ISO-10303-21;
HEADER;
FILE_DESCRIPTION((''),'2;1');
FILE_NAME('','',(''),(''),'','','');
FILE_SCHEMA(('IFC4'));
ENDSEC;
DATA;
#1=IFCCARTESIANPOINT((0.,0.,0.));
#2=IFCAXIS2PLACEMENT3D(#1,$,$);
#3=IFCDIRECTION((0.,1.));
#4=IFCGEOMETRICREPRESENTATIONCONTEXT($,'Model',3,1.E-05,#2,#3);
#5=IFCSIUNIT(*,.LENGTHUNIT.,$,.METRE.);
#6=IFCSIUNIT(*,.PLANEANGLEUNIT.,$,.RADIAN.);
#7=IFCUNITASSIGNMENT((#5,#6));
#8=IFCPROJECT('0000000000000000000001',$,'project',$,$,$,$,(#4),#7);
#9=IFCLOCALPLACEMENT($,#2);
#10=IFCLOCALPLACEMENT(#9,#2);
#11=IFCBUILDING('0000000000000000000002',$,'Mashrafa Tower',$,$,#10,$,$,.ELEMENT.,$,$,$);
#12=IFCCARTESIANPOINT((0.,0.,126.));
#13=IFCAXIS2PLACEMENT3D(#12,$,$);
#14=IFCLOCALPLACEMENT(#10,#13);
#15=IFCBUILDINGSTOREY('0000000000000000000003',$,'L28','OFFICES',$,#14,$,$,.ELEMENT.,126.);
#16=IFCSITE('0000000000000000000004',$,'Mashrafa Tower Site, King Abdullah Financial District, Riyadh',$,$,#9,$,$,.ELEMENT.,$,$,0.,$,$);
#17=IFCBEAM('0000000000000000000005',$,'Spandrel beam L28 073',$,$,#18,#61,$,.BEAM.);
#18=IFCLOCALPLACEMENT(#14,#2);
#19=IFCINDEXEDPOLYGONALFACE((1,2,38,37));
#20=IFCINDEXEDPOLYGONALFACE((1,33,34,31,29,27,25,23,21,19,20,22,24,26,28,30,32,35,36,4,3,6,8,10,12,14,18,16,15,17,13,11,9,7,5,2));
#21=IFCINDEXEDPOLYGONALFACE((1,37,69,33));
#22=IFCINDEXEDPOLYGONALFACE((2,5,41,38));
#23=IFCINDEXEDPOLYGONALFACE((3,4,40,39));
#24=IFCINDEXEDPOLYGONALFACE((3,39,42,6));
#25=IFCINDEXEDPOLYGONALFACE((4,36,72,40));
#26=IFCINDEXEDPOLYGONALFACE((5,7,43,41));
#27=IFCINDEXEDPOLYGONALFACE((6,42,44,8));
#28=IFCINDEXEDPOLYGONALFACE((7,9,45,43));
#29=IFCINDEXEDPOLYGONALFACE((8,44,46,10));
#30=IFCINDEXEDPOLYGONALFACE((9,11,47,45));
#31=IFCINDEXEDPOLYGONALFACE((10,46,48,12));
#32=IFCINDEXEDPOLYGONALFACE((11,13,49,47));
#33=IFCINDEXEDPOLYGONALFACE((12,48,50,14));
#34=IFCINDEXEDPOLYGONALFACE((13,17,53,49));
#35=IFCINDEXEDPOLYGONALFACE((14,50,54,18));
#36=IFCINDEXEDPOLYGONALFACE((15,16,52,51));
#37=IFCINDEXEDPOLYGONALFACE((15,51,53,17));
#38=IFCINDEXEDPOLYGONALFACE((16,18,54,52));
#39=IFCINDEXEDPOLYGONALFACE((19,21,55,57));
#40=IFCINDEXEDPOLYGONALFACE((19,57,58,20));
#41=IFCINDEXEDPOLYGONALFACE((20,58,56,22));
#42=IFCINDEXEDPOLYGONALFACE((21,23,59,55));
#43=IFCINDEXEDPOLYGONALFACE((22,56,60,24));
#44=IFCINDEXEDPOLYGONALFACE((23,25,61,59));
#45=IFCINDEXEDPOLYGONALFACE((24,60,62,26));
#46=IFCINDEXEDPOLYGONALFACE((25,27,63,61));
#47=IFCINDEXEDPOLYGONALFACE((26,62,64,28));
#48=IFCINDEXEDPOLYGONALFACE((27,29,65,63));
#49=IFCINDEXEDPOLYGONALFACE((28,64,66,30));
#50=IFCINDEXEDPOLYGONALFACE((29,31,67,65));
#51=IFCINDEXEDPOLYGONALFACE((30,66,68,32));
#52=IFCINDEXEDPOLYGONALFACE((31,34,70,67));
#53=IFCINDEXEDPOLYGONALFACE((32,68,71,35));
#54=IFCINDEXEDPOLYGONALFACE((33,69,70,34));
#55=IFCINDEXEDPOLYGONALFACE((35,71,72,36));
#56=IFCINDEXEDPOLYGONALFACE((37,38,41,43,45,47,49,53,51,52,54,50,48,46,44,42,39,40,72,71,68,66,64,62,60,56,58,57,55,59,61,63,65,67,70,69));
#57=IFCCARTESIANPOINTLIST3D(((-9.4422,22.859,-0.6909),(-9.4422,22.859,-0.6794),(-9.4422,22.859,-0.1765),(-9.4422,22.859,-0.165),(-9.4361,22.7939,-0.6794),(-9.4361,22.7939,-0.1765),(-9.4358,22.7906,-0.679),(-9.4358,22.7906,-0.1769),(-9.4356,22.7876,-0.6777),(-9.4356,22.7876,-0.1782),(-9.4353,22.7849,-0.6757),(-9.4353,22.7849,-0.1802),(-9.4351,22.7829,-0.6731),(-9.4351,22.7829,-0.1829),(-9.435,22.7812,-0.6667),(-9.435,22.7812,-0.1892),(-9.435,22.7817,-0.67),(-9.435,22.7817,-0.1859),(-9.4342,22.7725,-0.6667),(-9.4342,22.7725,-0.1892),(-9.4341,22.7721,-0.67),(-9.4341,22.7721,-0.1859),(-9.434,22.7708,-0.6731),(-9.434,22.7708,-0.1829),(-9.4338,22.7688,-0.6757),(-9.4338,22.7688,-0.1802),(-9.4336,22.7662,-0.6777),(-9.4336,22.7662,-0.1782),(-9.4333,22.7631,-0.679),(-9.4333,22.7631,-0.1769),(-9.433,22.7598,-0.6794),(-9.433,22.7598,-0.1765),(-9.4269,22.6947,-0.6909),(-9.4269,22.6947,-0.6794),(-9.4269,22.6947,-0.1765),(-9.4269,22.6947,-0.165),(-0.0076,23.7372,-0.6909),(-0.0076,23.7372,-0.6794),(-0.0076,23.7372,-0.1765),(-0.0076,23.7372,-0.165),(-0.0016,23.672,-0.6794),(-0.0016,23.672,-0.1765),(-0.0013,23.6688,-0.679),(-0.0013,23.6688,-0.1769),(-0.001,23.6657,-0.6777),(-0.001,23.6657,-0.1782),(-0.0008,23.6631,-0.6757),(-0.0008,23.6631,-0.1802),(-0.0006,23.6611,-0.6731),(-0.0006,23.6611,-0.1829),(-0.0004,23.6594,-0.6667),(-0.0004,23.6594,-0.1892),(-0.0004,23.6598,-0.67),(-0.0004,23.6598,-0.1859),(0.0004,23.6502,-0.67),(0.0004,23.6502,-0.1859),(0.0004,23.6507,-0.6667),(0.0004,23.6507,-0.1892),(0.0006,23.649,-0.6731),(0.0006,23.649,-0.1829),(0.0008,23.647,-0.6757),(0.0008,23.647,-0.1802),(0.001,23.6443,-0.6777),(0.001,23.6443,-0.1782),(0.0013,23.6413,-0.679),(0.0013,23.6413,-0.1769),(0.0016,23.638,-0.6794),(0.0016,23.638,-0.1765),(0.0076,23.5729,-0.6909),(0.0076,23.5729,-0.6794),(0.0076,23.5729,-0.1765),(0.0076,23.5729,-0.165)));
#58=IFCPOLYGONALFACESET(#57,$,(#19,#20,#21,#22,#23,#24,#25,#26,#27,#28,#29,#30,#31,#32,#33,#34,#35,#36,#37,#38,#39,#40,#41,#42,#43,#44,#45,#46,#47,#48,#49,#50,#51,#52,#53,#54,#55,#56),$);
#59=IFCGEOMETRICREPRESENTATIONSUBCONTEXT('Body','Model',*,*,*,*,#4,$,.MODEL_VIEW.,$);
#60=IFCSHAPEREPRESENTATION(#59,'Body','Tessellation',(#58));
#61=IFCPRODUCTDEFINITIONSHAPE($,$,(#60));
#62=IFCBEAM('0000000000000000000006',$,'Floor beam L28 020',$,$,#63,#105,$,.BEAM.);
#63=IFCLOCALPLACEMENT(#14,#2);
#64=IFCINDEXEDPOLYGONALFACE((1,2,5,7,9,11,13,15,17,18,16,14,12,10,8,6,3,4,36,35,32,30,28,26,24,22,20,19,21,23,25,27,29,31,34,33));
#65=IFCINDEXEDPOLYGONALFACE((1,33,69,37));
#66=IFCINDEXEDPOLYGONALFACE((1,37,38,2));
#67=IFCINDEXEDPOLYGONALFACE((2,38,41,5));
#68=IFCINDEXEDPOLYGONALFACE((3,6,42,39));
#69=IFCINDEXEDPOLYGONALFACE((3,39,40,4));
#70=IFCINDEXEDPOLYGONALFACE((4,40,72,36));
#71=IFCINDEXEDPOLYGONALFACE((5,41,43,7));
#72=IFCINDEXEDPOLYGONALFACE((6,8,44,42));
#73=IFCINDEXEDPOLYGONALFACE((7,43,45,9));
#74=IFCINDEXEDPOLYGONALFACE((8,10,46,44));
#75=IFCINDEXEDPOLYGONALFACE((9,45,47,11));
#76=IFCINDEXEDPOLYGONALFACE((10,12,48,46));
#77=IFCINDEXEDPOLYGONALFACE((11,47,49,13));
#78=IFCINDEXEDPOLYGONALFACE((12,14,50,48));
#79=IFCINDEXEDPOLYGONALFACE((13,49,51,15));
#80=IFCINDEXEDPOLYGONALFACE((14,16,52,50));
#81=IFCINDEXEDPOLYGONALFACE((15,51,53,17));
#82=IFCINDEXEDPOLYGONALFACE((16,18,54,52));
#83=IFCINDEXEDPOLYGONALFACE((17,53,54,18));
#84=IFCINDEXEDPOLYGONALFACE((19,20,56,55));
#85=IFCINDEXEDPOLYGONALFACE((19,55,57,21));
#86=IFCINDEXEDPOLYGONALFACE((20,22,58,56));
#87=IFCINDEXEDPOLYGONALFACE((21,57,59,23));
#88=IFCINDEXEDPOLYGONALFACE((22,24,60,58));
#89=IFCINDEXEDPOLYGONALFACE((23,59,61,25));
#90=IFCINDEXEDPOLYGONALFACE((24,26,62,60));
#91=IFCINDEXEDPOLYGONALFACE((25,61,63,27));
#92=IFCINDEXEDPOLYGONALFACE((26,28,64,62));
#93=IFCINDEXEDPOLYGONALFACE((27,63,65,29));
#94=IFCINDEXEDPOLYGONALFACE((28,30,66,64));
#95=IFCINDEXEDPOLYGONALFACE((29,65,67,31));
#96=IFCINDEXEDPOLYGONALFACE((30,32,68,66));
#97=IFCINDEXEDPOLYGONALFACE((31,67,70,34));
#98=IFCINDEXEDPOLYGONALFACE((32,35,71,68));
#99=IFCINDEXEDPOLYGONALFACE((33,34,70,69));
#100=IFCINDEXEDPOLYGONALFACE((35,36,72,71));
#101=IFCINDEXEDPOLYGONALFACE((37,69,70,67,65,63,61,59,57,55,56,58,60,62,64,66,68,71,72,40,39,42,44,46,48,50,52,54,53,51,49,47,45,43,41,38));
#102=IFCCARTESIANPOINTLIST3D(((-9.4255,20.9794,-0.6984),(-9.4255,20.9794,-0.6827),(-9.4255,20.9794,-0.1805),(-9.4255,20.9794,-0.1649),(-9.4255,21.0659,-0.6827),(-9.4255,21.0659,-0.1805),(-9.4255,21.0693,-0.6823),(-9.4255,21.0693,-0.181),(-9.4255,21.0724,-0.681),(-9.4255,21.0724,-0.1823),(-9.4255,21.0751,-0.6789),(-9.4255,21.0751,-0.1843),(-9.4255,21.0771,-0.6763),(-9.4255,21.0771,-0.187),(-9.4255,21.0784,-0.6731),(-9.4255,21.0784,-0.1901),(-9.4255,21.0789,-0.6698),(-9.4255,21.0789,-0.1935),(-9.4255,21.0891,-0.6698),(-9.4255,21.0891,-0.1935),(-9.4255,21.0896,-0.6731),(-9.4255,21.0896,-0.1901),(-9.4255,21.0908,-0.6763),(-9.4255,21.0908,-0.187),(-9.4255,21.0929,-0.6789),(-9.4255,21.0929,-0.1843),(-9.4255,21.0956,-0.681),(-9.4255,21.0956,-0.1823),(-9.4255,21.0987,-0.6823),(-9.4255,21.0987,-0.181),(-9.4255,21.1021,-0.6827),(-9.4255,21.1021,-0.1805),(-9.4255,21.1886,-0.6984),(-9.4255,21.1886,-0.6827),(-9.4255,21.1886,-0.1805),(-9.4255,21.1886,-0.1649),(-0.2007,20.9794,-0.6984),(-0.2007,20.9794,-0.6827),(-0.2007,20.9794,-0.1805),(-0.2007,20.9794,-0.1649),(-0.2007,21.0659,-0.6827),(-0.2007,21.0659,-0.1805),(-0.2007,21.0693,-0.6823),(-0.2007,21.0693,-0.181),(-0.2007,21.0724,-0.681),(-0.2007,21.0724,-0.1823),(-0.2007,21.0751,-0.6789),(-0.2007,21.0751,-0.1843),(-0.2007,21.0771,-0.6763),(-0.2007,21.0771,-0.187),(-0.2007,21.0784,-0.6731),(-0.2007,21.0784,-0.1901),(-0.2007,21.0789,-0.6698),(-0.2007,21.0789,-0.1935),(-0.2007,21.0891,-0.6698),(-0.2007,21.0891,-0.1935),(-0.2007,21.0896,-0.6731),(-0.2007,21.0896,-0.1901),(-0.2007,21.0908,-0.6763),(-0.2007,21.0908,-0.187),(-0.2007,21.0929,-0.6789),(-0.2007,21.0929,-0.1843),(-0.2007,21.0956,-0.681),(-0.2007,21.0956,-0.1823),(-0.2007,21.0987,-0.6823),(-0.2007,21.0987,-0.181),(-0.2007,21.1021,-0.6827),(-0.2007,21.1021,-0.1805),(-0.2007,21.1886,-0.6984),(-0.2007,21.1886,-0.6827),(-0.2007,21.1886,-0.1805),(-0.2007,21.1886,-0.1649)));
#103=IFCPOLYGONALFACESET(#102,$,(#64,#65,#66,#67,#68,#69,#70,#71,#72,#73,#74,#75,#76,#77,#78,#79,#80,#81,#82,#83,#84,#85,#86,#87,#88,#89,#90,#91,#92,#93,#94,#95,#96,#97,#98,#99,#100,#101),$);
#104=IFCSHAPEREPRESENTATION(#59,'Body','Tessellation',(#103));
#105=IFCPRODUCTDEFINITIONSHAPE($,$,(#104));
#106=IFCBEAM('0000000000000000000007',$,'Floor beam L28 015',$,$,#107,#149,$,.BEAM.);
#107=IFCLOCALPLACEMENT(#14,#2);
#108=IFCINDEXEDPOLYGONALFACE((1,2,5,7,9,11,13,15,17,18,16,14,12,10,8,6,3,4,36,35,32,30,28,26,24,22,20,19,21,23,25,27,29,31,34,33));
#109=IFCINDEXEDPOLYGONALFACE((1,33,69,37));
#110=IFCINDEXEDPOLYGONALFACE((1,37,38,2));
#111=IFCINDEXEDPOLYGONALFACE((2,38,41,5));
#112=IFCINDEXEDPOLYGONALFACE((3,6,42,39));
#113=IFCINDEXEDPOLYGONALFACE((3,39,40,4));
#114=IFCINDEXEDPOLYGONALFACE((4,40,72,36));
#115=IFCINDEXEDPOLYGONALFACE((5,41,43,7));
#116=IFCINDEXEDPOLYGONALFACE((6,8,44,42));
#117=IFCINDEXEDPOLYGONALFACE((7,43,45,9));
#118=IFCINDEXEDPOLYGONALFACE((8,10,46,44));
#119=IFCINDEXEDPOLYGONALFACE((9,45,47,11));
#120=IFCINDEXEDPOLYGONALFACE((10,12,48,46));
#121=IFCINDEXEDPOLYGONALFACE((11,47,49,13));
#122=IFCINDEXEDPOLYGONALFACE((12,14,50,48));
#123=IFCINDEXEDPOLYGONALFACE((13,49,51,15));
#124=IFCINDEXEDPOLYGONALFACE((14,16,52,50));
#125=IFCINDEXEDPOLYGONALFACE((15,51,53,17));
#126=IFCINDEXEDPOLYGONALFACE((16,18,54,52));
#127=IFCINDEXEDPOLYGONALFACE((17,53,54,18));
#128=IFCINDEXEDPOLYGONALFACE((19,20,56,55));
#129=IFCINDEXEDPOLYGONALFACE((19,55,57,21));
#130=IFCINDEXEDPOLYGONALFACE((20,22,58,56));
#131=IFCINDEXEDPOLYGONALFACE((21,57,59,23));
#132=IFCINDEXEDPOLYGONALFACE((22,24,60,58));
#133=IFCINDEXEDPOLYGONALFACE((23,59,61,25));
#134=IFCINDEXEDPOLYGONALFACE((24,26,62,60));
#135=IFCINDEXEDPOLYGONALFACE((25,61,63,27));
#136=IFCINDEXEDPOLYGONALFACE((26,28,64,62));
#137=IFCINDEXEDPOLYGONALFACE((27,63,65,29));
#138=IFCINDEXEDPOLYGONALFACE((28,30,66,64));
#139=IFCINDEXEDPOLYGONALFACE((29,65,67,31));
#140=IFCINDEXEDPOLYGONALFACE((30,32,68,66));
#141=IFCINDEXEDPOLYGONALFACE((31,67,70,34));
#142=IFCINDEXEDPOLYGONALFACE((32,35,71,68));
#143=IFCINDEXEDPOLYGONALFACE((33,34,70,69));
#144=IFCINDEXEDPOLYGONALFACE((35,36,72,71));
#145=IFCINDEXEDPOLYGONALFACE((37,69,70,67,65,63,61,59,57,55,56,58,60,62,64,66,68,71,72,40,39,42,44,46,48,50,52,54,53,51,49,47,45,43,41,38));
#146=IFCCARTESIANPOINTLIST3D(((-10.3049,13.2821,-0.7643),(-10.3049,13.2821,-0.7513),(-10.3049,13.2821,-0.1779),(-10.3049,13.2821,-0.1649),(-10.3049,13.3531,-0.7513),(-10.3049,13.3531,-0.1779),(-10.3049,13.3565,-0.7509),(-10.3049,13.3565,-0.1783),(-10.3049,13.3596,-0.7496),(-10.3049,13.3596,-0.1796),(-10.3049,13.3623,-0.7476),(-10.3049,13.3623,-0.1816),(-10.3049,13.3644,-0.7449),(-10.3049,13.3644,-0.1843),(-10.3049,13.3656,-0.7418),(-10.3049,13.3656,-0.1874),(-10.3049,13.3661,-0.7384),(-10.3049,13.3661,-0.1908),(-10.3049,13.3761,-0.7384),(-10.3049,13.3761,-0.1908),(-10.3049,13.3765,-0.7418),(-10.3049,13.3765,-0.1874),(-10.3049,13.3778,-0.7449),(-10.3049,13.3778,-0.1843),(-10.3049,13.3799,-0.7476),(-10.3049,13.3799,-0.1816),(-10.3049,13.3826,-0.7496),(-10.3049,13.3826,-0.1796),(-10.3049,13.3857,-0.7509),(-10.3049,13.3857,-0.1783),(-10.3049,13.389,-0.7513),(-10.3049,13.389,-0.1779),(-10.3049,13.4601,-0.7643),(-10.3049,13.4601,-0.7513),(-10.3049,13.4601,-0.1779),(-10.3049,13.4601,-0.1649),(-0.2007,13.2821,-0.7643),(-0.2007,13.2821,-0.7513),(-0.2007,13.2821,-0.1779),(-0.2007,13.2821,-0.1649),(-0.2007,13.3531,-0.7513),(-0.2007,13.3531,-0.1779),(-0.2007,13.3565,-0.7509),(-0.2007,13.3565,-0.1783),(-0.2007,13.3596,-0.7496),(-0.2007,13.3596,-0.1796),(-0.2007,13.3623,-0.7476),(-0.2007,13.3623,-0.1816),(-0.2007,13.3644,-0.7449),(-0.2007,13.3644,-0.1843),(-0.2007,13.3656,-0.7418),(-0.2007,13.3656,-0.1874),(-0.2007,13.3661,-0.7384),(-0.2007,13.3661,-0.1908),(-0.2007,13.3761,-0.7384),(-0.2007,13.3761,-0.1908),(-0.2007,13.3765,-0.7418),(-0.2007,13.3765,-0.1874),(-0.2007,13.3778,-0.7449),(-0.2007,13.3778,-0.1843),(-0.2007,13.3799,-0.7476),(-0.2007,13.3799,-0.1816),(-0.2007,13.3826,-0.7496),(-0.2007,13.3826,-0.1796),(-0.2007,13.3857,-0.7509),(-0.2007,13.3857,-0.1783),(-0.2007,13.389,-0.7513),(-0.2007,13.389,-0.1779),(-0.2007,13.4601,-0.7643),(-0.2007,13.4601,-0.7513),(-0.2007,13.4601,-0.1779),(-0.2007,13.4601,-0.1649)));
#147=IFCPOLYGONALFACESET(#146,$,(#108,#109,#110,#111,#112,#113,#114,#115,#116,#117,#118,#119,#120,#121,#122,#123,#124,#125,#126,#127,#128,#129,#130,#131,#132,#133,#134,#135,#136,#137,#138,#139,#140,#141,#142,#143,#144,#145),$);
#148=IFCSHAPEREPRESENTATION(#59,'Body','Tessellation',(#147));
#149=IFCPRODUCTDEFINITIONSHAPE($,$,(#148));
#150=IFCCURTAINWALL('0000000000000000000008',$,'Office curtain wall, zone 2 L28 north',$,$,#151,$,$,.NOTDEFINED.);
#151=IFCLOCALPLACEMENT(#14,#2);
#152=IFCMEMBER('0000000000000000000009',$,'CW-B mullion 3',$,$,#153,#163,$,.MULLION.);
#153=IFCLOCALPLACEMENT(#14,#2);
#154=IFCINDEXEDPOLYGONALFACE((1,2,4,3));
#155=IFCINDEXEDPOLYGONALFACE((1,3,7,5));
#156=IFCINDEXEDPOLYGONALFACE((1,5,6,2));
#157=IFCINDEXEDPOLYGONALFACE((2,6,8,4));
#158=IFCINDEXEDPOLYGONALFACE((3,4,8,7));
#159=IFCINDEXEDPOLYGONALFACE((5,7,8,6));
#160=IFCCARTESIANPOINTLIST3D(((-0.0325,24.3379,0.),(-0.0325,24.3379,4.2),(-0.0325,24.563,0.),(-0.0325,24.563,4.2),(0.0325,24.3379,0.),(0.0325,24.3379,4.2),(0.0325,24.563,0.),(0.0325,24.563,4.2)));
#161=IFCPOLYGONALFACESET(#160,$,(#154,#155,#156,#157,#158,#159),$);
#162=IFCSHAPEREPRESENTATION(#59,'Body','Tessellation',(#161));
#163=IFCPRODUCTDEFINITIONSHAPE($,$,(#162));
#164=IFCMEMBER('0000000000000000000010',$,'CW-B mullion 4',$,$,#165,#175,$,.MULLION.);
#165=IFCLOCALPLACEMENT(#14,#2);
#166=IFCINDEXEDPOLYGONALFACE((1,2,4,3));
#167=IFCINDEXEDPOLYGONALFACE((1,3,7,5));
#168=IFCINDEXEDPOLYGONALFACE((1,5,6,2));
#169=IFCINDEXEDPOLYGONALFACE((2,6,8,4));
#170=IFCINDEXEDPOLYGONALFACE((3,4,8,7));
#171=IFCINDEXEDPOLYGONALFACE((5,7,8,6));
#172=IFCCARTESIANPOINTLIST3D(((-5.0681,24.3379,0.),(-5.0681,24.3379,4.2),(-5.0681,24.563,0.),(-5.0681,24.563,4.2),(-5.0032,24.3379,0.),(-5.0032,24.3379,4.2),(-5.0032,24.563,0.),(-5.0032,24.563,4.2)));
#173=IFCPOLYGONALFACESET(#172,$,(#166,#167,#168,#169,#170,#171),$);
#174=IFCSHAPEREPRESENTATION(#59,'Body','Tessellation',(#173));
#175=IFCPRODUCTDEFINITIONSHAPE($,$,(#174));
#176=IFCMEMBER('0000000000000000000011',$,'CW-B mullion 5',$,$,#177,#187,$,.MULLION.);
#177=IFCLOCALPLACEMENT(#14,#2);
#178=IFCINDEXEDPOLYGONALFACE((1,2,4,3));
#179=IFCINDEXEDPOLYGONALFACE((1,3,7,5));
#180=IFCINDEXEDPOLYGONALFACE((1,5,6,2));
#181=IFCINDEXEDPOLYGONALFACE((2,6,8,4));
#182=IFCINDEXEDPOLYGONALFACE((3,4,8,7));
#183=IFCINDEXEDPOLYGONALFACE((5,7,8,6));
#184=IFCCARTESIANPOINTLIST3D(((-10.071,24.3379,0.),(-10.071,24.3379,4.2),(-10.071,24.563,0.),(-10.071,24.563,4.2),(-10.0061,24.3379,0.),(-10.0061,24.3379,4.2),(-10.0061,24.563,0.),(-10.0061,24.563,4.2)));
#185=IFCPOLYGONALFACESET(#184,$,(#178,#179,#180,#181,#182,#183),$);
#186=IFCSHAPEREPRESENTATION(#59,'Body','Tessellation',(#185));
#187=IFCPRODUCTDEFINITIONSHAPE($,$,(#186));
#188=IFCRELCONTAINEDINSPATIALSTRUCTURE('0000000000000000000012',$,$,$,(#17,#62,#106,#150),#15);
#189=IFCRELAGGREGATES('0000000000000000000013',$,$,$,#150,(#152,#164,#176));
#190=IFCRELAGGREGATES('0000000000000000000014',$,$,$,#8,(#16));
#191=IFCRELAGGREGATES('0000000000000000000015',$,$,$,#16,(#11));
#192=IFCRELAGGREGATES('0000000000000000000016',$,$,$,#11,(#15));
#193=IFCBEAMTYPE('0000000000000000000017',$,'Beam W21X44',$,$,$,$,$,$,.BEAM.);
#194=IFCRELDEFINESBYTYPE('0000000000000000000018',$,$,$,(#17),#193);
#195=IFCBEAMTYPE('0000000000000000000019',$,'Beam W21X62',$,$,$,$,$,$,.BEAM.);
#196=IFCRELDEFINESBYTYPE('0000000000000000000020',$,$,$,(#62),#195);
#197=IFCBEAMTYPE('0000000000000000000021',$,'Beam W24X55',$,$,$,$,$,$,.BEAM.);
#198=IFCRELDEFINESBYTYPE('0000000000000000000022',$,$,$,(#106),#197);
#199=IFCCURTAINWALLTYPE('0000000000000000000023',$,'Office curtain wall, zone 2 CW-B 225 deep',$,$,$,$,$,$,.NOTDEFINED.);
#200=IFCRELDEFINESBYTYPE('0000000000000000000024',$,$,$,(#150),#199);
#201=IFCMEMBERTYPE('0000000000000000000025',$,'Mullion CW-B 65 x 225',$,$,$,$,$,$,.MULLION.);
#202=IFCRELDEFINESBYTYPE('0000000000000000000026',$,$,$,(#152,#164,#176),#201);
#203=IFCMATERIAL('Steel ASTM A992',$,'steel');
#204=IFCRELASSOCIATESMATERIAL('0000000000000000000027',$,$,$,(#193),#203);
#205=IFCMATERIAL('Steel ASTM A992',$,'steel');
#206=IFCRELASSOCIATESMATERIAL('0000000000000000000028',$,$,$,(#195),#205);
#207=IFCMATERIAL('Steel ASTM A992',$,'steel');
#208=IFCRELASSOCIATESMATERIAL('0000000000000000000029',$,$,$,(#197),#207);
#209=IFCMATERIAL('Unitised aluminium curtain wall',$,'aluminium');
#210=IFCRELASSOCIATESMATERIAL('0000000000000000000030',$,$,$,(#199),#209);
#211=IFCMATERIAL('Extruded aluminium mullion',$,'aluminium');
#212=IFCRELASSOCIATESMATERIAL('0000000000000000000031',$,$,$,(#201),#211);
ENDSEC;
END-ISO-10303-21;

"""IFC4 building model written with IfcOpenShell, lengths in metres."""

from ifc_helpers import new_model, si_unit, direction, frame, origin, origin_2d, place, context, subcontext, project, spatial, rectangle, i_section, extrude, source, transform, mapped, material, material_profile, profile_set, type_object, type_shapes, element, aggregate, save


model = new_model("IFC4")

# Units and contexts
model_context = context("Model", 3, precision=1e-05, world=origin(), true_north=direction((0.0, 1.0)))
body_context = subcontext(model_context, "Body", "Model", "MODEL_VIEW")
ifc_project = project(units=[si_unit("LENGTHUNIT", "METRE"), si_unit("PLANEANGLEUNIT", "RADIAN")], contexts=[model_context])

# Site, building, storey
site_placement = place(None, origin())
site = spatial("IfcSite", under=ifc_project, at=site_placement, Name="Mashrafa Tower Site, King Abdullah Financial District, Riyadh", CompositionType="ELEMENT", RefElevation=0.0)
building_placement = place(site_placement, origin())
building = spatial("IfcBuilding", under=site, at=building_placement, Name="Mashrafa Tower", CompositionType="ELEMENT")
storey_placement = place(building_placement, frame((0.0, 0.0, 126.0)))
storey = spatial("IfcBuildingStorey", under=building, at=storey_placement, Name="L28", Description="OFFICES", CompositionType="ELEMENT", Elevation=126.0)

# Beams
ifc_material_1 = material(Name="Steel ASTM A992", Category="steel")
ifc_material_profile_1 = material_profile(ifc_material_1, i_section(OverallWidth=0.165, OverallDepth=0.5259, WebThickness=0.0088, FlangeThickness=0.0115, FilletRadius=0.0127, at=origin_2d()), Name="W21X44")
ifc_profile_set_1 = profile_set([ifc_material_profile_1], Name="Steel ASTM A992")
beam_type_1 = type_object("IfcBeamType", Name="Beam W21X44", PredefinedType="BEAM", material=ifc_profile_set_1)
beam_1_placement = place(storey_placement, frame((0.0, 23.655, -0.428), z_axis=(-0.995696, -0.09268, 0.0), x_axis=(0.09268, -0.995696, 0.0)))
element("IfcBeam", 1, at=beam_1_placement, inside=storey, type_object=beam_type_1, Name="Spandrel beam L28 073", PredefinedType="BEAM", context=body_context, shape_type="SweptSolid", body=[
    extrude(i_section(OverallWidth=0.165, OverallDepth=0.5259, WebThickness=0.0088, FlangeThickness=0.0115, FilletRadius=0.0127, at=origin_2d()), origin(), (0.0, 0.0, 1.0), 9.4753),
])
ifc_material_2 = material(Name="Steel ASTM A992", Category="steel")
ifc_material_profile_2 = material_profile(ifc_material_2, i_section(OverallWidth=0.2092, OverallDepth=0.5334, WebThickness=0.0103, FlangeThickness=0.0156, FilletRadius=0.0129, at=origin_2d()), Name="W21X62")
ifc_profile_set_2 = profile_set([ifc_material_profile_2], Name="Steel ASTM A992")
beam_type_2 = type_object("IfcBeamType", Name="Beam W21X62", PredefinedType="BEAM", material=ifc_profile_set_2)
beam_2_placement = place(storey_placement, frame((-9.4255, 21.084, -0.4316), z_axis=(1.0, 0.0, 0.0), x_axis=(0.0, 1.0, 0.0)))
element("IfcBeam", 2, at=beam_2_placement, inside=storey, type_object=beam_type_2, Name="Floor beam L28 020", PredefinedType="BEAM", context=body_context, shape_type="SweptSolid", body=[
    extrude(i_section(OverallWidth=0.2092, OverallDepth=0.5334, WebThickness=0.0103, FlangeThickness=0.0156, FilletRadius=0.0129, at=origin_2d()), origin(), (0.0, 0.0, 1.0), 9.2249),
])
ifc_material_3 = material(Name="Steel ASTM A992", Category="steel")
ifc_material_profile_3 = material_profile(ifc_material_3, i_section(OverallWidth=0.178, OverallDepth=0.5994, WebThickness=0.01, FlangeThickness=0.0129, FilletRadius=0.0129, at=origin_2d()), Name="W24X55")
ifc_profile_set_3 = profile_set([ifc_material_profile_3], Name="Steel ASTM A992")
beam_type_3 = type_object("IfcBeamType", Name="Beam W24X55", PredefinedType="BEAM", material=ifc_profile_set_3)
beam_3_placement = place(storey_placement, frame((-10.3049, 13.3711, -0.4646), z_axis=(1.0, 0.0, 0.0), x_axis=(0.0, 1.0, 0.0)))
element("IfcBeam", 3, at=beam_3_placement, inside=storey, type_object=beam_type_3, Name="Floor beam L28 015", PredefinedType="BEAM", context=body_context, shape_type="SweptSolid", body=[
    extrude(i_section(OverallWidth=0.178, OverallDepth=0.5994, WebThickness=0.01, FlangeThickness=0.0129, FilletRadius=0.0129, at=origin_2d()), origin(), (0.0, 0.0, 1.0), 10.1042),
])

# Curtain wall, members
ifc_material_4 = material(Name="Unitised aluminium curtain wall", Category="aluminium")
curtain_wall_type = type_object("IfcCurtainWallType", Name="Office curtain wall, zone 2 CW-B 225 deep", PredefinedType="NOTDEFINED", material=ifc_material_4)
curtain_wall_1_placement = place(storey_placement, origin())
curtain_wall_1 = element("IfcCurtainWall", 4, at=curtain_wall_1_placement, inside=storey, type_object=curtain_wall_type, Name="Office curtain wall, zone 2 L28 north", PredefinedType="NOTDEFINED")
ifc_material_5 = material(Name="Extruded aluminium mullion", Category="aluminium")
ifc_material_profile_4 = material_profile(ifc_material_5, rectangle(XDim=0.2251, YDim=0.0649, at=origin_2d()), Name="Mullion 65x225")
ifc_profile_set_4 = profile_set([ifc_material_profile_4], Name="Extruded aluminium mullion")
member_type_1 = type_object("IfcMemberType", Name="Mullion CW-B 65 x 225", PredefinedType="MULLION", material=ifc_profile_set_4)
shared_shape_1 = source(origin(), body_context, "Body", "SweptSolid", [
    extrude(rectangle(XDim=0.2251, YDim=0.0649, at=origin_2d()), origin(), (0.0, 0.0, 1.0), 4.2),
])
type_shapes(member_type_1, [shared_shape_1])
member_1_placement = place(storey_placement, frame((0.0, 24.4504, 0.0), z_axis=(0.0, 0.0, 1.0), x_axis=(0.0, -1.0, 0.0)))
member_1 = element("IfcMember", 5, at=member_1_placement, type_object=member_type_1, Name="CW-B mullion 3", PredefinedType="MULLION", context=body_context, shape_type="MappedRepresentation", body=[
    mapped(shared_shape_1, transform((0.0, 0.0, 0.0))),
])
member_2_placement = place(storey_placement, frame((-5.0356, 24.4504, 0.0), z_axis=(0.0, 0.0, 1.0), x_axis=(0.0, -1.0, 0.0)))
member_2 = element("IfcMember", 6, at=member_2_placement, type_object=member_type_1, Name="CW-B mullion 4", PredefinedType="MULLION", context=body_context, shape_type="MappedRepresentation", body=[
    mapped(shared_shape_1, transform((0.0, 0.0, 0.0))),
])
member_3_placement = place(storey_placement, frame((-10.0386, 24.4504, 0.0), z_axis=(0.0, 0.0, 1.0), x_axis=(0.0, -1.0, 0.0)))
member_3 = element("IfcMember", 7, at=member_3_placement, type_object=member_type_1, Name="CW-B mullion 5", PredefinedType="MULLION", context=body_context, shape_type="MappedRepresentation", body=[
    mapped(shared_shape_1, transform((0.0, 0.0, 0.0))),
])

aggregate(curtain_wall_1, [member_1, member_2, member_3])

save(model, "model.ifc")
